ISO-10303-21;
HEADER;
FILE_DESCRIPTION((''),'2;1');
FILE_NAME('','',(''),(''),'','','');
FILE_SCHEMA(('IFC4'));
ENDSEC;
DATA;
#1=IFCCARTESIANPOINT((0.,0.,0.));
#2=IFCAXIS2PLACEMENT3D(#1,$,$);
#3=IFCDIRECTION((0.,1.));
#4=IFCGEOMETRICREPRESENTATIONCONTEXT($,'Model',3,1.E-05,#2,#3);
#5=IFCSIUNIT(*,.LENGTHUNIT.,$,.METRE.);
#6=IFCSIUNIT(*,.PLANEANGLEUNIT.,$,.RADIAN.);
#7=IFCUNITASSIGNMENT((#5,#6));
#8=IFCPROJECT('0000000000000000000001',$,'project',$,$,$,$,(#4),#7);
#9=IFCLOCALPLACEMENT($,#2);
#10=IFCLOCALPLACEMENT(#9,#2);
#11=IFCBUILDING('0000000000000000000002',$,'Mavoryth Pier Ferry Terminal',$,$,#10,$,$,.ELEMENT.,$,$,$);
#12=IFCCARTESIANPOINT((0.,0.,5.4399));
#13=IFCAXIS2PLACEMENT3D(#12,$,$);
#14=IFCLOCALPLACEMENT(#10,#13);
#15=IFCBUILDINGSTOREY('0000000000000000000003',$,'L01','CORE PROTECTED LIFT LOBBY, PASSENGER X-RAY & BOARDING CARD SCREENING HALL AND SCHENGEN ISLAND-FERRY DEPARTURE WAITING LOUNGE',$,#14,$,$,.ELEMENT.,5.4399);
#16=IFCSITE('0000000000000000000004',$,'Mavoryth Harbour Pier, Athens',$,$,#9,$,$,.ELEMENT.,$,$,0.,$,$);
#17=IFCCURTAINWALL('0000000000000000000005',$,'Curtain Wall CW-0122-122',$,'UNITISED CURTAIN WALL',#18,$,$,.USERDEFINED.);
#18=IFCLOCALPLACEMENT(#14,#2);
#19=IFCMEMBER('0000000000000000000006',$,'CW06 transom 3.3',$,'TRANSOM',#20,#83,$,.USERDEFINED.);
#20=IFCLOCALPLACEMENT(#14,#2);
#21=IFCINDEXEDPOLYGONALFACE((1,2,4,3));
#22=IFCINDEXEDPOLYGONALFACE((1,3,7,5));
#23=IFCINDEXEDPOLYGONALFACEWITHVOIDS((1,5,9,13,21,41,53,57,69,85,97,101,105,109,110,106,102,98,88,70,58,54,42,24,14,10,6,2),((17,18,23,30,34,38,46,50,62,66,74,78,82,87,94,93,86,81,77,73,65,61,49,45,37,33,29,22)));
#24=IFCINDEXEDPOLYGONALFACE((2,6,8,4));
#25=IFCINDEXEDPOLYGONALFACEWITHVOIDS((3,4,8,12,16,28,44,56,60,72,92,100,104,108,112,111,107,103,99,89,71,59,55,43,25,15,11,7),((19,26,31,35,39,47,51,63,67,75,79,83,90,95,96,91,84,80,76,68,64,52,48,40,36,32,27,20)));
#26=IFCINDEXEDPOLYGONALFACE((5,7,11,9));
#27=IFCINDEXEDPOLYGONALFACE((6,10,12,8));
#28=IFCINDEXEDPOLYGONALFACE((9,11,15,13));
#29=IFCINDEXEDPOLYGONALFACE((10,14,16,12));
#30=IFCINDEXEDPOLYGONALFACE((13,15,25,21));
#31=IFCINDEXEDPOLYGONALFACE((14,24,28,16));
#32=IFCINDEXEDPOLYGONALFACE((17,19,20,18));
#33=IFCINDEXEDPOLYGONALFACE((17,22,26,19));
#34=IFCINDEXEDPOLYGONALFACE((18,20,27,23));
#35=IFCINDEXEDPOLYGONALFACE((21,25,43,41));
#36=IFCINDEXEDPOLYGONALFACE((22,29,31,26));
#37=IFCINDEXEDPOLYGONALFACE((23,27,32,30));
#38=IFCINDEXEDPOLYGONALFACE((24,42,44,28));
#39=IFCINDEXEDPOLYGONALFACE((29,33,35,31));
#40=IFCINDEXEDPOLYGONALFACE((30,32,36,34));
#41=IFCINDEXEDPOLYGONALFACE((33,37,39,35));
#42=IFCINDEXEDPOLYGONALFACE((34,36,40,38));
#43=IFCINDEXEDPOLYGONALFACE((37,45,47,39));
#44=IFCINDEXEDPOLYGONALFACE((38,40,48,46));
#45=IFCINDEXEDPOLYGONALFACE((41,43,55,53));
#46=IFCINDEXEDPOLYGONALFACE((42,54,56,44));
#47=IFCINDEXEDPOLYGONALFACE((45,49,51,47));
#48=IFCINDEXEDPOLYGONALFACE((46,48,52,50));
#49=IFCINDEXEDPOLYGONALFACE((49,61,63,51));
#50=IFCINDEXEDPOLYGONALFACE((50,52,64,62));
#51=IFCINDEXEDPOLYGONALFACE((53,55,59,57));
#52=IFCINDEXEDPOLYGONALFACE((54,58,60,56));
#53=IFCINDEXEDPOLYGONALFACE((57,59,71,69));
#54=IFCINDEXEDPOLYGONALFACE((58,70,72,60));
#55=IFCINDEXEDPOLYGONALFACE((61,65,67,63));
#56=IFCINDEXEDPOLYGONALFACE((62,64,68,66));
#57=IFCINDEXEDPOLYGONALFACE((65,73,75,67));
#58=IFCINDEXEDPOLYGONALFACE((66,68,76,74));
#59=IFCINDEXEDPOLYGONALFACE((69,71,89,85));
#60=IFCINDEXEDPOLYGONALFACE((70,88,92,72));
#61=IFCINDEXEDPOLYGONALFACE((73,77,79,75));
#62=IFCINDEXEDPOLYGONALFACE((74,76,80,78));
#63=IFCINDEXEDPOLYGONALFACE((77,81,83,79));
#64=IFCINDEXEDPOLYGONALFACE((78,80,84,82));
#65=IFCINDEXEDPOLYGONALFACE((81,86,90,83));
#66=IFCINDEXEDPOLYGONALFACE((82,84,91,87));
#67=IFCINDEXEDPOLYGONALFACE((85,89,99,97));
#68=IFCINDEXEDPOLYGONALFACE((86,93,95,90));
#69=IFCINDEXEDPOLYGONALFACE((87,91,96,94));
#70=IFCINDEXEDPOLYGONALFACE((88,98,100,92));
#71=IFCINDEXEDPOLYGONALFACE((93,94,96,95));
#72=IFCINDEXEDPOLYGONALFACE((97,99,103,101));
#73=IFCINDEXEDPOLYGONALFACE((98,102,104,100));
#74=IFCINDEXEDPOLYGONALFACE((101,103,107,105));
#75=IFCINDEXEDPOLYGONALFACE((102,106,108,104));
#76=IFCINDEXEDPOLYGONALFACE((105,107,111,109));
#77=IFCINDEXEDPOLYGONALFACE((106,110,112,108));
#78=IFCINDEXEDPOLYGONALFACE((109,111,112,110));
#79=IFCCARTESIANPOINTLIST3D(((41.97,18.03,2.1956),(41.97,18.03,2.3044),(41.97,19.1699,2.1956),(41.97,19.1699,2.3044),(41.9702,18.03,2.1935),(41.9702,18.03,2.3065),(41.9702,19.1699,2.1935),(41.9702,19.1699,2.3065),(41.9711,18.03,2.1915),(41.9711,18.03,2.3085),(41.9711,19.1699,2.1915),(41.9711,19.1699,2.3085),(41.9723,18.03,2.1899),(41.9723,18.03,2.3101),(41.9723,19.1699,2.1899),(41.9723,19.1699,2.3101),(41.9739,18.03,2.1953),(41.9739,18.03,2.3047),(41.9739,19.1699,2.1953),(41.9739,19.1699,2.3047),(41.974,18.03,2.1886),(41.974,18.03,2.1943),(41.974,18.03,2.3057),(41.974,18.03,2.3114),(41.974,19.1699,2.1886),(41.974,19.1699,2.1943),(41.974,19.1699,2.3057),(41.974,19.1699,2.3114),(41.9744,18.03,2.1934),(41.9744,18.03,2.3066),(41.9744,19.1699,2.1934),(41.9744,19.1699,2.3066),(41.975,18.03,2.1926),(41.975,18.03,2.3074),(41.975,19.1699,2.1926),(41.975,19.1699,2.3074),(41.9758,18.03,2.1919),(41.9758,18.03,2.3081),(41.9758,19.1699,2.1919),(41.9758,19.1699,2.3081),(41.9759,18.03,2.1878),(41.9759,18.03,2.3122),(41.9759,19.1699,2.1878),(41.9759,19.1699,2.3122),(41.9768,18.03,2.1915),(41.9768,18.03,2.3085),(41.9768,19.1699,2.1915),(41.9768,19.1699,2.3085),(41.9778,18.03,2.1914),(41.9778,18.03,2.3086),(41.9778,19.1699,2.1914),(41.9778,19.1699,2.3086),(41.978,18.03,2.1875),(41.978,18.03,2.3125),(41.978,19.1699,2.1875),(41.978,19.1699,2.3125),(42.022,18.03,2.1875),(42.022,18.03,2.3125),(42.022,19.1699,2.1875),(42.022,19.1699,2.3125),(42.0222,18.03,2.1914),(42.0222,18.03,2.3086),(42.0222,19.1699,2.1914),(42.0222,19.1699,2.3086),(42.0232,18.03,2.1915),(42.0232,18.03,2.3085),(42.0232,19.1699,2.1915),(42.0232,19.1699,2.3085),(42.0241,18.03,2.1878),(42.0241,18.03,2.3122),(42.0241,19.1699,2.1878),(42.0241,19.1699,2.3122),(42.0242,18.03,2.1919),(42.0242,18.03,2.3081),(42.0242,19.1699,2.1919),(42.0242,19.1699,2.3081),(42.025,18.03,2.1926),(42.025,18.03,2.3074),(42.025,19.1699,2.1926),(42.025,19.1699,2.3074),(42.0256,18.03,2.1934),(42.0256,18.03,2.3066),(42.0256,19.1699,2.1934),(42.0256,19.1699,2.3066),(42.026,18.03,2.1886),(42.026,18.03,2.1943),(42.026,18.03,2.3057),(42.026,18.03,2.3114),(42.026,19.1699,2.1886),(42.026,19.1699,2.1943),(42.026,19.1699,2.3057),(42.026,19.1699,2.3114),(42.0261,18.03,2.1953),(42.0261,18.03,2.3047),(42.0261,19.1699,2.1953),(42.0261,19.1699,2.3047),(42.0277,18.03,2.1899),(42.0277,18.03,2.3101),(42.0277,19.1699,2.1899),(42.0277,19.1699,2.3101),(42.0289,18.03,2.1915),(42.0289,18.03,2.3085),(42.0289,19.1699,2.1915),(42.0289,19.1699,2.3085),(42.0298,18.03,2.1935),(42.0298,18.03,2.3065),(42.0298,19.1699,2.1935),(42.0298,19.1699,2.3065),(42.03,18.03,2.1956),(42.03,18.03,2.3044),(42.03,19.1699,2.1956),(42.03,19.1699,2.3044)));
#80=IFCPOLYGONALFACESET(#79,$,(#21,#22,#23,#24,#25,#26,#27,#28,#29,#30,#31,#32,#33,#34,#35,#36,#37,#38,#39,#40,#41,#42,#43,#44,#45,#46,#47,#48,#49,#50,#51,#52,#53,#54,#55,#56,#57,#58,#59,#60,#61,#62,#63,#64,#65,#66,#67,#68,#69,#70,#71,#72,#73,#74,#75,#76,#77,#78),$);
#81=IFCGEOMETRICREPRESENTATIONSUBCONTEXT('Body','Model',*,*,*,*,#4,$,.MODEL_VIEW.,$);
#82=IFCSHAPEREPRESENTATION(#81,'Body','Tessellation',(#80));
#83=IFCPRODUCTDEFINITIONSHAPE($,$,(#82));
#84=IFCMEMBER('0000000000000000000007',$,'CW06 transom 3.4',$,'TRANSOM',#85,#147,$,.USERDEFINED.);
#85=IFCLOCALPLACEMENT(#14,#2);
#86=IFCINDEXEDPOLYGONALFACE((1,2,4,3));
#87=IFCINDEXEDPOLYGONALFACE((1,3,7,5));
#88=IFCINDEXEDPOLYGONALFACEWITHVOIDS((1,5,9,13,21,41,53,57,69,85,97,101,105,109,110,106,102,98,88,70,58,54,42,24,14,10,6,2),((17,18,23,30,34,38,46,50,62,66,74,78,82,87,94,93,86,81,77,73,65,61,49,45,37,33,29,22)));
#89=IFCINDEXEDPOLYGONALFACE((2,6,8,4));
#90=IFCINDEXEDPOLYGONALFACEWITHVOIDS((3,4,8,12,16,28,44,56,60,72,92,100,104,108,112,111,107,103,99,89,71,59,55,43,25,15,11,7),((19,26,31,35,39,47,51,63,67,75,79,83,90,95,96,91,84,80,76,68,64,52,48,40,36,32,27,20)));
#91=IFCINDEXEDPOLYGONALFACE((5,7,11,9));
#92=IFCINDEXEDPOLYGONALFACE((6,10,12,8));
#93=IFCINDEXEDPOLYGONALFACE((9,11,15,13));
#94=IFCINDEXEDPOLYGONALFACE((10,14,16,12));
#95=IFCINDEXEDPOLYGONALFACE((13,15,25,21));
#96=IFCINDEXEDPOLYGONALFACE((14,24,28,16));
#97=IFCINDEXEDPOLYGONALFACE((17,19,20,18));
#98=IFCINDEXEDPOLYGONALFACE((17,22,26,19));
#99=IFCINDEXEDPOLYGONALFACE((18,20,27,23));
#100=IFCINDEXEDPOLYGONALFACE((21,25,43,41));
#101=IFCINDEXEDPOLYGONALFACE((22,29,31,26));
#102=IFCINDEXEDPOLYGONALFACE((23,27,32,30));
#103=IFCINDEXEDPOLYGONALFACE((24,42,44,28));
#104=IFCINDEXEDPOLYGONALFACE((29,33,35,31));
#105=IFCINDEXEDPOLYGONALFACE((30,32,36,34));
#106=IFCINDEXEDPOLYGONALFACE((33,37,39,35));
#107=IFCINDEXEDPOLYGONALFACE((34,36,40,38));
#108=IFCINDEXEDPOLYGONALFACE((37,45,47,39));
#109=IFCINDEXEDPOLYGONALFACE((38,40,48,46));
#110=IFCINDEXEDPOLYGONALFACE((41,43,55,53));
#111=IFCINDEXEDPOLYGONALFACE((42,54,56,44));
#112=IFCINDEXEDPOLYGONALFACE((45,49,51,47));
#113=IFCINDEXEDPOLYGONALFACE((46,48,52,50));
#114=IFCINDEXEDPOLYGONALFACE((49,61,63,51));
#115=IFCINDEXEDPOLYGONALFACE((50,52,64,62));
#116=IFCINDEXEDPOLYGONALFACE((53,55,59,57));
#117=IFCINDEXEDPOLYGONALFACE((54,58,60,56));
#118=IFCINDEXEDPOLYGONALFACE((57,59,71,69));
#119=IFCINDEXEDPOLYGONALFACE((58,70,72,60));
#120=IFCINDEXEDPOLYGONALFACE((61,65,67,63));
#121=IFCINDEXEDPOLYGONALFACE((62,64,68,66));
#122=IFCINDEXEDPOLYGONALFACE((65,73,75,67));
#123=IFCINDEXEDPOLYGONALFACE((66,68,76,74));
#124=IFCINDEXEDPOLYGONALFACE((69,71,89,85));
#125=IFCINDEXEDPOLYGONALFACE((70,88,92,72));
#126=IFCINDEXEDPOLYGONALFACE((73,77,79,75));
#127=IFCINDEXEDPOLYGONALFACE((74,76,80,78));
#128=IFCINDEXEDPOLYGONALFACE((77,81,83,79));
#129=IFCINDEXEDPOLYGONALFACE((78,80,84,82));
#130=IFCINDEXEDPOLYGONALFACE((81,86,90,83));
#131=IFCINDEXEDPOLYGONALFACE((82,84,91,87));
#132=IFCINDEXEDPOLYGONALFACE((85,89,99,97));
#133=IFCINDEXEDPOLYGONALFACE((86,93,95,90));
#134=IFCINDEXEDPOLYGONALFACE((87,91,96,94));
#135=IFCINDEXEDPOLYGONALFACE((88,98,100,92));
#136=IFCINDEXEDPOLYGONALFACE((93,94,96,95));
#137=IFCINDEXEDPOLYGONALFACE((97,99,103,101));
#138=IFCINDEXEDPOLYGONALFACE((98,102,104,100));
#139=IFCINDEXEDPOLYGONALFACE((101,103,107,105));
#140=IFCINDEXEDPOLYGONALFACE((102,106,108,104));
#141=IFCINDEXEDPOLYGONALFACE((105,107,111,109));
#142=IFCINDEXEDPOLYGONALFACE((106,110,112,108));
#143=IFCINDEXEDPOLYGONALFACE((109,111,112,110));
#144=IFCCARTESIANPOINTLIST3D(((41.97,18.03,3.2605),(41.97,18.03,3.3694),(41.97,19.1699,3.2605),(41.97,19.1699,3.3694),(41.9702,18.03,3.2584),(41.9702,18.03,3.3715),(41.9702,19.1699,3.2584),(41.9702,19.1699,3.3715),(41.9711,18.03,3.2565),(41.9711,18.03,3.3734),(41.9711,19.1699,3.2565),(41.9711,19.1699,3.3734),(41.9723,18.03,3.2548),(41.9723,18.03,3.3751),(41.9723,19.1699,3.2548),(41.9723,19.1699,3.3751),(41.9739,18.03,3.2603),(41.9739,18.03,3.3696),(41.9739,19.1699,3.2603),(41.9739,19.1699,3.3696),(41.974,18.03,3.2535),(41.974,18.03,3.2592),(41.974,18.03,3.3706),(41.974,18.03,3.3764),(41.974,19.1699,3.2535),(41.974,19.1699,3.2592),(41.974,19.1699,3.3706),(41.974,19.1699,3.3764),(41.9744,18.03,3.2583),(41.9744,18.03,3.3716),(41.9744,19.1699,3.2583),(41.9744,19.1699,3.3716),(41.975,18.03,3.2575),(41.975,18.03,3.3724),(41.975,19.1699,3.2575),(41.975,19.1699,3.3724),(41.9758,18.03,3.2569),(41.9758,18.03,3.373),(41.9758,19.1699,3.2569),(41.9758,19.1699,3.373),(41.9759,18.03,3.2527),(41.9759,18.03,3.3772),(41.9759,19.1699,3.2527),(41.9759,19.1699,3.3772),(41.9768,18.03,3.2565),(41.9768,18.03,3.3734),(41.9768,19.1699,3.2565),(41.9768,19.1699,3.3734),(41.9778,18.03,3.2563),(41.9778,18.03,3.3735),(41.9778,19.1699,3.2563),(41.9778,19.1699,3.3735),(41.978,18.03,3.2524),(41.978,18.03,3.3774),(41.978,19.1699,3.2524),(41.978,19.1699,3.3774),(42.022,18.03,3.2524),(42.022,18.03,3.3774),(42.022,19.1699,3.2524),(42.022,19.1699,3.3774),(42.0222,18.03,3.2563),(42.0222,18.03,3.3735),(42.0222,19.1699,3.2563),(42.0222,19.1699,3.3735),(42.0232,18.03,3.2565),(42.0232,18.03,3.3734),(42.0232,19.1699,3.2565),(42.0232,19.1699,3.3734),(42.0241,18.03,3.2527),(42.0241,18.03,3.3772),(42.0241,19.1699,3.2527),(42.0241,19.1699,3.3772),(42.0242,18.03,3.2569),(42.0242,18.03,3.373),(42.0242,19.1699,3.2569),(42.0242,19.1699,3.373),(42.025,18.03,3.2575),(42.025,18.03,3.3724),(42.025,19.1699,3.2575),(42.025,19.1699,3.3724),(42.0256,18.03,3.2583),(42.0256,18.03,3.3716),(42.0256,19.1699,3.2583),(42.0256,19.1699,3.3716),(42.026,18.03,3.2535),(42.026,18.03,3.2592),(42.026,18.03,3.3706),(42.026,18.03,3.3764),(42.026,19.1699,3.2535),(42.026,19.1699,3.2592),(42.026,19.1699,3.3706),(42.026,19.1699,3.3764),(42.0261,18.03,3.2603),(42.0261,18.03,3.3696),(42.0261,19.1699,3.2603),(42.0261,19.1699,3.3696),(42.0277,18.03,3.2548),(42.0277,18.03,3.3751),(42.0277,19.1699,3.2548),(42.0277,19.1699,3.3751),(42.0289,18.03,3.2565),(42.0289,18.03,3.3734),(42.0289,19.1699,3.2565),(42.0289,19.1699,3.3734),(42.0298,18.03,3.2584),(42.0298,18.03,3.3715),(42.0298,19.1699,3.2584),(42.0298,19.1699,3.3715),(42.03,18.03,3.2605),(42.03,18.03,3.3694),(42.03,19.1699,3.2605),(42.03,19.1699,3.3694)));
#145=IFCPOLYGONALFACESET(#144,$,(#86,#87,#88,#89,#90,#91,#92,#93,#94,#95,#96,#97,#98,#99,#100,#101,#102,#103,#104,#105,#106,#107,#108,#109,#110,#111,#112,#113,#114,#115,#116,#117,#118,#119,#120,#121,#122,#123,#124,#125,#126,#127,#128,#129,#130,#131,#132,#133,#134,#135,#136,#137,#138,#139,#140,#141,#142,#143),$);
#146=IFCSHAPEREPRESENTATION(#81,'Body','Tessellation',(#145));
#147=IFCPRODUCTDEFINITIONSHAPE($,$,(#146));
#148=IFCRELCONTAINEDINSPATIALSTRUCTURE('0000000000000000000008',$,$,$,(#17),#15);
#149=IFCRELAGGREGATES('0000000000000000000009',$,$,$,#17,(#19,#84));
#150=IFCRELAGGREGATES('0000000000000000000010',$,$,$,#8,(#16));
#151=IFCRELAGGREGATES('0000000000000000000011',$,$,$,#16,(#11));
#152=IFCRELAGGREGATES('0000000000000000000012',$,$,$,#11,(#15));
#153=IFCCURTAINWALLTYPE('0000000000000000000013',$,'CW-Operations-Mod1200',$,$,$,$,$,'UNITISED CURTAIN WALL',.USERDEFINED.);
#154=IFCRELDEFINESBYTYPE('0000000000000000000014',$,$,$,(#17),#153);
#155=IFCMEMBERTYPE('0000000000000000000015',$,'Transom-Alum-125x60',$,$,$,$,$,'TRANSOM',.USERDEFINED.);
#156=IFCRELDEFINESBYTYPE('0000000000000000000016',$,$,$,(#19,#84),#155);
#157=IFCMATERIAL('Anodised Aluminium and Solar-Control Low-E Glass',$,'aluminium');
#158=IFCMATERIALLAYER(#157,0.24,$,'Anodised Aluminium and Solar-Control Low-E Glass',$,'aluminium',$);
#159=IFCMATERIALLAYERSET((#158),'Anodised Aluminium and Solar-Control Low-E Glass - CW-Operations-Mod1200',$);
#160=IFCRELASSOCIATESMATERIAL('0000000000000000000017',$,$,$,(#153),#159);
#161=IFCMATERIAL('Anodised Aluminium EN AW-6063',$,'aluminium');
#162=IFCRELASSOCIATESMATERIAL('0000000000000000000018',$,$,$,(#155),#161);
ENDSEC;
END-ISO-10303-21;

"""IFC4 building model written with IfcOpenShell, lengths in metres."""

from ifc_helpers import new_model, si_unit, direction, frame, origin, origin_2d, place, context, subcontext, project, spatial, hollow_rectangle, extrude, material, layer, layer_set, material_profile, profile_set, type_object, element, aggregate, save


model = new_model("IFC4")

# Units and contexts
model_context = context("Model", 3, precision=1e-05, world=origin(), true_north=direction((0.0, 1.0)))
body_context = subcontext(model_context, "Body", "Model", "MODEL_VIEW")
ifc_project = project(units=[si_unit("LENGTHUNIT", "METRE"), si_unit("PLANEANGLEUNIT", "RADIAN")], contexts=[model_context])

# Site, building, storey
site_placement = place(None, origin())
site = spatial("IfcSite", under=ifc_project, at=site_placement, Name="Mavoryth Harbour Pier, Athens", CompositionType="ELEMENT", RefElevation=0.0)
building_placement = place(site_placement, origin())
building = spatial("IfcBuilding", under=site, at=building_placement, Name="Mavoryth Pier Ferry Terminal", CompositionType="ELEMENT")
storey_placement = place(building_placement, frame((0.0, 0.0, 5.4399)))
storey = spatial("IfcBuildingStorey", under=building, at=storey_placement, Name="L01", Description="CORE PROTECTED LIFT LOBBY, PASSENGER X-RAY & BOARDING CARD SCREENING HALL AND SCHENGEN ISLAND-FERRY DEPARTURE WAITING LOUNGE", CompositionType="ELEMENT", Elevation=5.4399)

# Curtain wall, members
ifc_material_1 = material(Name="Anodised Aluminium and Solar-Control Low-E Glass", Category="aluminium")
ifc_layer_1 = layer(ifc_material_1, 0.24, Name="Anodised Aluminium and Solar-Control Low-E Glass", Category="aluminium")
ifc_layer_set_1 = layer_set([ifc_layer_1], Name="Anodised Aluminium and Solar-Control Low-E Glass - CW-Operations-Mod1200")
curtain_wall_type = type_object("IfcCurtainWallType", Name="CW-Operations-Mod1200", ElementType="UNITISED CURTAIN WALL", PredefinedType="USERDEFINED", material=ifc_layer_set_1)
curtain_wall_placement = place(storey_placement, origin())
curtain_wall = element("IfcCurtainWall", 1, at=curtain_wall_placement, inside=storey, type_object=curtain_wall_type, Name="Curtain Wall CW-0122-122", ObjectType="UNITISED CURTAIN WALL", PredefinedType="USERDEFINED")
ifc_material_2 = material(Name="Anodised Aluminium EN AW-6063", Category="aluminium")
ifc_material_profile_1 = material_profile(ifc_material_2, hollow_rectangle(XDim=0.0601, YDim=0.125, WallThickness=0.0039, InnerFilletRadius=0.0039, OuterFilletRadius=0.0081, at=origin_2d()), Name="AL-TRAN 125x60x4", Category="aluminium")
ifc_profile_set_1 = profile_set([ifc_material_profile_1], Name="Anodised Aluminium EN AW-6063 - AL-TRAN 125x60x4")
member_type_1 = type_object("IfcMemberType", Name="Transom-Alum-125x60", ElementType="TRANSOM", PredefinedType="USERDEFINED", material=ifc_profile_set_1)
member_1_placement = place(storey_placement, frame((42.0, 19.1699, 2.25), z_axis=(0.0, -1.0, 0.0), x_axis=(1.0, 0.0, 0.0)))
member_1 = element("IfcMember", 2, at=member_1_placement, type_object=member_type_1, Name="CW06 transom 3.3", ObjectType="TRANSOM", PredefinedType="USERDEFINED", context=body_context, shape_type="SweptSolid", body=[
    extrude(hollow_rectangle(XDim=0.0601, YDim=0.125, WallThickness=0.0039, InnerFilletRadius=0.0039, OuterFilletRadius=0.0081, at=origin_2d()), origin(), (0.0, 0.0, 1.0), 1.1399),
])
member_2_placement = place(storey_placement, frame((42.0, 19.1699, 3.3149), z_axis=(0.0, -1.0, 0.0), x_axis=(1.0, 0.0, 0.0)))
member_2 = element("IfcMember", 3, at=member_2_placement, type_object=member_type_1, Name="CW06 transom 3.4", ObjectType="TRANSOM", PredefinedType="USERDEFINED", context=body_context, shape_type="SweptSolid", body=[
    extrude(hollow_rectangle(XDim=0.0601, YDim=0.125, WallThickness=0.0039, InnerFilletRadius=0.0039, OuterFilletRadius=0.0081, at=origin_2d()), origin(), (0.0, 0.0, 1.0), 1.1399),
])
aggregate(curtain_wall, [member_1, member_2])

save(model, "model.ifc")
